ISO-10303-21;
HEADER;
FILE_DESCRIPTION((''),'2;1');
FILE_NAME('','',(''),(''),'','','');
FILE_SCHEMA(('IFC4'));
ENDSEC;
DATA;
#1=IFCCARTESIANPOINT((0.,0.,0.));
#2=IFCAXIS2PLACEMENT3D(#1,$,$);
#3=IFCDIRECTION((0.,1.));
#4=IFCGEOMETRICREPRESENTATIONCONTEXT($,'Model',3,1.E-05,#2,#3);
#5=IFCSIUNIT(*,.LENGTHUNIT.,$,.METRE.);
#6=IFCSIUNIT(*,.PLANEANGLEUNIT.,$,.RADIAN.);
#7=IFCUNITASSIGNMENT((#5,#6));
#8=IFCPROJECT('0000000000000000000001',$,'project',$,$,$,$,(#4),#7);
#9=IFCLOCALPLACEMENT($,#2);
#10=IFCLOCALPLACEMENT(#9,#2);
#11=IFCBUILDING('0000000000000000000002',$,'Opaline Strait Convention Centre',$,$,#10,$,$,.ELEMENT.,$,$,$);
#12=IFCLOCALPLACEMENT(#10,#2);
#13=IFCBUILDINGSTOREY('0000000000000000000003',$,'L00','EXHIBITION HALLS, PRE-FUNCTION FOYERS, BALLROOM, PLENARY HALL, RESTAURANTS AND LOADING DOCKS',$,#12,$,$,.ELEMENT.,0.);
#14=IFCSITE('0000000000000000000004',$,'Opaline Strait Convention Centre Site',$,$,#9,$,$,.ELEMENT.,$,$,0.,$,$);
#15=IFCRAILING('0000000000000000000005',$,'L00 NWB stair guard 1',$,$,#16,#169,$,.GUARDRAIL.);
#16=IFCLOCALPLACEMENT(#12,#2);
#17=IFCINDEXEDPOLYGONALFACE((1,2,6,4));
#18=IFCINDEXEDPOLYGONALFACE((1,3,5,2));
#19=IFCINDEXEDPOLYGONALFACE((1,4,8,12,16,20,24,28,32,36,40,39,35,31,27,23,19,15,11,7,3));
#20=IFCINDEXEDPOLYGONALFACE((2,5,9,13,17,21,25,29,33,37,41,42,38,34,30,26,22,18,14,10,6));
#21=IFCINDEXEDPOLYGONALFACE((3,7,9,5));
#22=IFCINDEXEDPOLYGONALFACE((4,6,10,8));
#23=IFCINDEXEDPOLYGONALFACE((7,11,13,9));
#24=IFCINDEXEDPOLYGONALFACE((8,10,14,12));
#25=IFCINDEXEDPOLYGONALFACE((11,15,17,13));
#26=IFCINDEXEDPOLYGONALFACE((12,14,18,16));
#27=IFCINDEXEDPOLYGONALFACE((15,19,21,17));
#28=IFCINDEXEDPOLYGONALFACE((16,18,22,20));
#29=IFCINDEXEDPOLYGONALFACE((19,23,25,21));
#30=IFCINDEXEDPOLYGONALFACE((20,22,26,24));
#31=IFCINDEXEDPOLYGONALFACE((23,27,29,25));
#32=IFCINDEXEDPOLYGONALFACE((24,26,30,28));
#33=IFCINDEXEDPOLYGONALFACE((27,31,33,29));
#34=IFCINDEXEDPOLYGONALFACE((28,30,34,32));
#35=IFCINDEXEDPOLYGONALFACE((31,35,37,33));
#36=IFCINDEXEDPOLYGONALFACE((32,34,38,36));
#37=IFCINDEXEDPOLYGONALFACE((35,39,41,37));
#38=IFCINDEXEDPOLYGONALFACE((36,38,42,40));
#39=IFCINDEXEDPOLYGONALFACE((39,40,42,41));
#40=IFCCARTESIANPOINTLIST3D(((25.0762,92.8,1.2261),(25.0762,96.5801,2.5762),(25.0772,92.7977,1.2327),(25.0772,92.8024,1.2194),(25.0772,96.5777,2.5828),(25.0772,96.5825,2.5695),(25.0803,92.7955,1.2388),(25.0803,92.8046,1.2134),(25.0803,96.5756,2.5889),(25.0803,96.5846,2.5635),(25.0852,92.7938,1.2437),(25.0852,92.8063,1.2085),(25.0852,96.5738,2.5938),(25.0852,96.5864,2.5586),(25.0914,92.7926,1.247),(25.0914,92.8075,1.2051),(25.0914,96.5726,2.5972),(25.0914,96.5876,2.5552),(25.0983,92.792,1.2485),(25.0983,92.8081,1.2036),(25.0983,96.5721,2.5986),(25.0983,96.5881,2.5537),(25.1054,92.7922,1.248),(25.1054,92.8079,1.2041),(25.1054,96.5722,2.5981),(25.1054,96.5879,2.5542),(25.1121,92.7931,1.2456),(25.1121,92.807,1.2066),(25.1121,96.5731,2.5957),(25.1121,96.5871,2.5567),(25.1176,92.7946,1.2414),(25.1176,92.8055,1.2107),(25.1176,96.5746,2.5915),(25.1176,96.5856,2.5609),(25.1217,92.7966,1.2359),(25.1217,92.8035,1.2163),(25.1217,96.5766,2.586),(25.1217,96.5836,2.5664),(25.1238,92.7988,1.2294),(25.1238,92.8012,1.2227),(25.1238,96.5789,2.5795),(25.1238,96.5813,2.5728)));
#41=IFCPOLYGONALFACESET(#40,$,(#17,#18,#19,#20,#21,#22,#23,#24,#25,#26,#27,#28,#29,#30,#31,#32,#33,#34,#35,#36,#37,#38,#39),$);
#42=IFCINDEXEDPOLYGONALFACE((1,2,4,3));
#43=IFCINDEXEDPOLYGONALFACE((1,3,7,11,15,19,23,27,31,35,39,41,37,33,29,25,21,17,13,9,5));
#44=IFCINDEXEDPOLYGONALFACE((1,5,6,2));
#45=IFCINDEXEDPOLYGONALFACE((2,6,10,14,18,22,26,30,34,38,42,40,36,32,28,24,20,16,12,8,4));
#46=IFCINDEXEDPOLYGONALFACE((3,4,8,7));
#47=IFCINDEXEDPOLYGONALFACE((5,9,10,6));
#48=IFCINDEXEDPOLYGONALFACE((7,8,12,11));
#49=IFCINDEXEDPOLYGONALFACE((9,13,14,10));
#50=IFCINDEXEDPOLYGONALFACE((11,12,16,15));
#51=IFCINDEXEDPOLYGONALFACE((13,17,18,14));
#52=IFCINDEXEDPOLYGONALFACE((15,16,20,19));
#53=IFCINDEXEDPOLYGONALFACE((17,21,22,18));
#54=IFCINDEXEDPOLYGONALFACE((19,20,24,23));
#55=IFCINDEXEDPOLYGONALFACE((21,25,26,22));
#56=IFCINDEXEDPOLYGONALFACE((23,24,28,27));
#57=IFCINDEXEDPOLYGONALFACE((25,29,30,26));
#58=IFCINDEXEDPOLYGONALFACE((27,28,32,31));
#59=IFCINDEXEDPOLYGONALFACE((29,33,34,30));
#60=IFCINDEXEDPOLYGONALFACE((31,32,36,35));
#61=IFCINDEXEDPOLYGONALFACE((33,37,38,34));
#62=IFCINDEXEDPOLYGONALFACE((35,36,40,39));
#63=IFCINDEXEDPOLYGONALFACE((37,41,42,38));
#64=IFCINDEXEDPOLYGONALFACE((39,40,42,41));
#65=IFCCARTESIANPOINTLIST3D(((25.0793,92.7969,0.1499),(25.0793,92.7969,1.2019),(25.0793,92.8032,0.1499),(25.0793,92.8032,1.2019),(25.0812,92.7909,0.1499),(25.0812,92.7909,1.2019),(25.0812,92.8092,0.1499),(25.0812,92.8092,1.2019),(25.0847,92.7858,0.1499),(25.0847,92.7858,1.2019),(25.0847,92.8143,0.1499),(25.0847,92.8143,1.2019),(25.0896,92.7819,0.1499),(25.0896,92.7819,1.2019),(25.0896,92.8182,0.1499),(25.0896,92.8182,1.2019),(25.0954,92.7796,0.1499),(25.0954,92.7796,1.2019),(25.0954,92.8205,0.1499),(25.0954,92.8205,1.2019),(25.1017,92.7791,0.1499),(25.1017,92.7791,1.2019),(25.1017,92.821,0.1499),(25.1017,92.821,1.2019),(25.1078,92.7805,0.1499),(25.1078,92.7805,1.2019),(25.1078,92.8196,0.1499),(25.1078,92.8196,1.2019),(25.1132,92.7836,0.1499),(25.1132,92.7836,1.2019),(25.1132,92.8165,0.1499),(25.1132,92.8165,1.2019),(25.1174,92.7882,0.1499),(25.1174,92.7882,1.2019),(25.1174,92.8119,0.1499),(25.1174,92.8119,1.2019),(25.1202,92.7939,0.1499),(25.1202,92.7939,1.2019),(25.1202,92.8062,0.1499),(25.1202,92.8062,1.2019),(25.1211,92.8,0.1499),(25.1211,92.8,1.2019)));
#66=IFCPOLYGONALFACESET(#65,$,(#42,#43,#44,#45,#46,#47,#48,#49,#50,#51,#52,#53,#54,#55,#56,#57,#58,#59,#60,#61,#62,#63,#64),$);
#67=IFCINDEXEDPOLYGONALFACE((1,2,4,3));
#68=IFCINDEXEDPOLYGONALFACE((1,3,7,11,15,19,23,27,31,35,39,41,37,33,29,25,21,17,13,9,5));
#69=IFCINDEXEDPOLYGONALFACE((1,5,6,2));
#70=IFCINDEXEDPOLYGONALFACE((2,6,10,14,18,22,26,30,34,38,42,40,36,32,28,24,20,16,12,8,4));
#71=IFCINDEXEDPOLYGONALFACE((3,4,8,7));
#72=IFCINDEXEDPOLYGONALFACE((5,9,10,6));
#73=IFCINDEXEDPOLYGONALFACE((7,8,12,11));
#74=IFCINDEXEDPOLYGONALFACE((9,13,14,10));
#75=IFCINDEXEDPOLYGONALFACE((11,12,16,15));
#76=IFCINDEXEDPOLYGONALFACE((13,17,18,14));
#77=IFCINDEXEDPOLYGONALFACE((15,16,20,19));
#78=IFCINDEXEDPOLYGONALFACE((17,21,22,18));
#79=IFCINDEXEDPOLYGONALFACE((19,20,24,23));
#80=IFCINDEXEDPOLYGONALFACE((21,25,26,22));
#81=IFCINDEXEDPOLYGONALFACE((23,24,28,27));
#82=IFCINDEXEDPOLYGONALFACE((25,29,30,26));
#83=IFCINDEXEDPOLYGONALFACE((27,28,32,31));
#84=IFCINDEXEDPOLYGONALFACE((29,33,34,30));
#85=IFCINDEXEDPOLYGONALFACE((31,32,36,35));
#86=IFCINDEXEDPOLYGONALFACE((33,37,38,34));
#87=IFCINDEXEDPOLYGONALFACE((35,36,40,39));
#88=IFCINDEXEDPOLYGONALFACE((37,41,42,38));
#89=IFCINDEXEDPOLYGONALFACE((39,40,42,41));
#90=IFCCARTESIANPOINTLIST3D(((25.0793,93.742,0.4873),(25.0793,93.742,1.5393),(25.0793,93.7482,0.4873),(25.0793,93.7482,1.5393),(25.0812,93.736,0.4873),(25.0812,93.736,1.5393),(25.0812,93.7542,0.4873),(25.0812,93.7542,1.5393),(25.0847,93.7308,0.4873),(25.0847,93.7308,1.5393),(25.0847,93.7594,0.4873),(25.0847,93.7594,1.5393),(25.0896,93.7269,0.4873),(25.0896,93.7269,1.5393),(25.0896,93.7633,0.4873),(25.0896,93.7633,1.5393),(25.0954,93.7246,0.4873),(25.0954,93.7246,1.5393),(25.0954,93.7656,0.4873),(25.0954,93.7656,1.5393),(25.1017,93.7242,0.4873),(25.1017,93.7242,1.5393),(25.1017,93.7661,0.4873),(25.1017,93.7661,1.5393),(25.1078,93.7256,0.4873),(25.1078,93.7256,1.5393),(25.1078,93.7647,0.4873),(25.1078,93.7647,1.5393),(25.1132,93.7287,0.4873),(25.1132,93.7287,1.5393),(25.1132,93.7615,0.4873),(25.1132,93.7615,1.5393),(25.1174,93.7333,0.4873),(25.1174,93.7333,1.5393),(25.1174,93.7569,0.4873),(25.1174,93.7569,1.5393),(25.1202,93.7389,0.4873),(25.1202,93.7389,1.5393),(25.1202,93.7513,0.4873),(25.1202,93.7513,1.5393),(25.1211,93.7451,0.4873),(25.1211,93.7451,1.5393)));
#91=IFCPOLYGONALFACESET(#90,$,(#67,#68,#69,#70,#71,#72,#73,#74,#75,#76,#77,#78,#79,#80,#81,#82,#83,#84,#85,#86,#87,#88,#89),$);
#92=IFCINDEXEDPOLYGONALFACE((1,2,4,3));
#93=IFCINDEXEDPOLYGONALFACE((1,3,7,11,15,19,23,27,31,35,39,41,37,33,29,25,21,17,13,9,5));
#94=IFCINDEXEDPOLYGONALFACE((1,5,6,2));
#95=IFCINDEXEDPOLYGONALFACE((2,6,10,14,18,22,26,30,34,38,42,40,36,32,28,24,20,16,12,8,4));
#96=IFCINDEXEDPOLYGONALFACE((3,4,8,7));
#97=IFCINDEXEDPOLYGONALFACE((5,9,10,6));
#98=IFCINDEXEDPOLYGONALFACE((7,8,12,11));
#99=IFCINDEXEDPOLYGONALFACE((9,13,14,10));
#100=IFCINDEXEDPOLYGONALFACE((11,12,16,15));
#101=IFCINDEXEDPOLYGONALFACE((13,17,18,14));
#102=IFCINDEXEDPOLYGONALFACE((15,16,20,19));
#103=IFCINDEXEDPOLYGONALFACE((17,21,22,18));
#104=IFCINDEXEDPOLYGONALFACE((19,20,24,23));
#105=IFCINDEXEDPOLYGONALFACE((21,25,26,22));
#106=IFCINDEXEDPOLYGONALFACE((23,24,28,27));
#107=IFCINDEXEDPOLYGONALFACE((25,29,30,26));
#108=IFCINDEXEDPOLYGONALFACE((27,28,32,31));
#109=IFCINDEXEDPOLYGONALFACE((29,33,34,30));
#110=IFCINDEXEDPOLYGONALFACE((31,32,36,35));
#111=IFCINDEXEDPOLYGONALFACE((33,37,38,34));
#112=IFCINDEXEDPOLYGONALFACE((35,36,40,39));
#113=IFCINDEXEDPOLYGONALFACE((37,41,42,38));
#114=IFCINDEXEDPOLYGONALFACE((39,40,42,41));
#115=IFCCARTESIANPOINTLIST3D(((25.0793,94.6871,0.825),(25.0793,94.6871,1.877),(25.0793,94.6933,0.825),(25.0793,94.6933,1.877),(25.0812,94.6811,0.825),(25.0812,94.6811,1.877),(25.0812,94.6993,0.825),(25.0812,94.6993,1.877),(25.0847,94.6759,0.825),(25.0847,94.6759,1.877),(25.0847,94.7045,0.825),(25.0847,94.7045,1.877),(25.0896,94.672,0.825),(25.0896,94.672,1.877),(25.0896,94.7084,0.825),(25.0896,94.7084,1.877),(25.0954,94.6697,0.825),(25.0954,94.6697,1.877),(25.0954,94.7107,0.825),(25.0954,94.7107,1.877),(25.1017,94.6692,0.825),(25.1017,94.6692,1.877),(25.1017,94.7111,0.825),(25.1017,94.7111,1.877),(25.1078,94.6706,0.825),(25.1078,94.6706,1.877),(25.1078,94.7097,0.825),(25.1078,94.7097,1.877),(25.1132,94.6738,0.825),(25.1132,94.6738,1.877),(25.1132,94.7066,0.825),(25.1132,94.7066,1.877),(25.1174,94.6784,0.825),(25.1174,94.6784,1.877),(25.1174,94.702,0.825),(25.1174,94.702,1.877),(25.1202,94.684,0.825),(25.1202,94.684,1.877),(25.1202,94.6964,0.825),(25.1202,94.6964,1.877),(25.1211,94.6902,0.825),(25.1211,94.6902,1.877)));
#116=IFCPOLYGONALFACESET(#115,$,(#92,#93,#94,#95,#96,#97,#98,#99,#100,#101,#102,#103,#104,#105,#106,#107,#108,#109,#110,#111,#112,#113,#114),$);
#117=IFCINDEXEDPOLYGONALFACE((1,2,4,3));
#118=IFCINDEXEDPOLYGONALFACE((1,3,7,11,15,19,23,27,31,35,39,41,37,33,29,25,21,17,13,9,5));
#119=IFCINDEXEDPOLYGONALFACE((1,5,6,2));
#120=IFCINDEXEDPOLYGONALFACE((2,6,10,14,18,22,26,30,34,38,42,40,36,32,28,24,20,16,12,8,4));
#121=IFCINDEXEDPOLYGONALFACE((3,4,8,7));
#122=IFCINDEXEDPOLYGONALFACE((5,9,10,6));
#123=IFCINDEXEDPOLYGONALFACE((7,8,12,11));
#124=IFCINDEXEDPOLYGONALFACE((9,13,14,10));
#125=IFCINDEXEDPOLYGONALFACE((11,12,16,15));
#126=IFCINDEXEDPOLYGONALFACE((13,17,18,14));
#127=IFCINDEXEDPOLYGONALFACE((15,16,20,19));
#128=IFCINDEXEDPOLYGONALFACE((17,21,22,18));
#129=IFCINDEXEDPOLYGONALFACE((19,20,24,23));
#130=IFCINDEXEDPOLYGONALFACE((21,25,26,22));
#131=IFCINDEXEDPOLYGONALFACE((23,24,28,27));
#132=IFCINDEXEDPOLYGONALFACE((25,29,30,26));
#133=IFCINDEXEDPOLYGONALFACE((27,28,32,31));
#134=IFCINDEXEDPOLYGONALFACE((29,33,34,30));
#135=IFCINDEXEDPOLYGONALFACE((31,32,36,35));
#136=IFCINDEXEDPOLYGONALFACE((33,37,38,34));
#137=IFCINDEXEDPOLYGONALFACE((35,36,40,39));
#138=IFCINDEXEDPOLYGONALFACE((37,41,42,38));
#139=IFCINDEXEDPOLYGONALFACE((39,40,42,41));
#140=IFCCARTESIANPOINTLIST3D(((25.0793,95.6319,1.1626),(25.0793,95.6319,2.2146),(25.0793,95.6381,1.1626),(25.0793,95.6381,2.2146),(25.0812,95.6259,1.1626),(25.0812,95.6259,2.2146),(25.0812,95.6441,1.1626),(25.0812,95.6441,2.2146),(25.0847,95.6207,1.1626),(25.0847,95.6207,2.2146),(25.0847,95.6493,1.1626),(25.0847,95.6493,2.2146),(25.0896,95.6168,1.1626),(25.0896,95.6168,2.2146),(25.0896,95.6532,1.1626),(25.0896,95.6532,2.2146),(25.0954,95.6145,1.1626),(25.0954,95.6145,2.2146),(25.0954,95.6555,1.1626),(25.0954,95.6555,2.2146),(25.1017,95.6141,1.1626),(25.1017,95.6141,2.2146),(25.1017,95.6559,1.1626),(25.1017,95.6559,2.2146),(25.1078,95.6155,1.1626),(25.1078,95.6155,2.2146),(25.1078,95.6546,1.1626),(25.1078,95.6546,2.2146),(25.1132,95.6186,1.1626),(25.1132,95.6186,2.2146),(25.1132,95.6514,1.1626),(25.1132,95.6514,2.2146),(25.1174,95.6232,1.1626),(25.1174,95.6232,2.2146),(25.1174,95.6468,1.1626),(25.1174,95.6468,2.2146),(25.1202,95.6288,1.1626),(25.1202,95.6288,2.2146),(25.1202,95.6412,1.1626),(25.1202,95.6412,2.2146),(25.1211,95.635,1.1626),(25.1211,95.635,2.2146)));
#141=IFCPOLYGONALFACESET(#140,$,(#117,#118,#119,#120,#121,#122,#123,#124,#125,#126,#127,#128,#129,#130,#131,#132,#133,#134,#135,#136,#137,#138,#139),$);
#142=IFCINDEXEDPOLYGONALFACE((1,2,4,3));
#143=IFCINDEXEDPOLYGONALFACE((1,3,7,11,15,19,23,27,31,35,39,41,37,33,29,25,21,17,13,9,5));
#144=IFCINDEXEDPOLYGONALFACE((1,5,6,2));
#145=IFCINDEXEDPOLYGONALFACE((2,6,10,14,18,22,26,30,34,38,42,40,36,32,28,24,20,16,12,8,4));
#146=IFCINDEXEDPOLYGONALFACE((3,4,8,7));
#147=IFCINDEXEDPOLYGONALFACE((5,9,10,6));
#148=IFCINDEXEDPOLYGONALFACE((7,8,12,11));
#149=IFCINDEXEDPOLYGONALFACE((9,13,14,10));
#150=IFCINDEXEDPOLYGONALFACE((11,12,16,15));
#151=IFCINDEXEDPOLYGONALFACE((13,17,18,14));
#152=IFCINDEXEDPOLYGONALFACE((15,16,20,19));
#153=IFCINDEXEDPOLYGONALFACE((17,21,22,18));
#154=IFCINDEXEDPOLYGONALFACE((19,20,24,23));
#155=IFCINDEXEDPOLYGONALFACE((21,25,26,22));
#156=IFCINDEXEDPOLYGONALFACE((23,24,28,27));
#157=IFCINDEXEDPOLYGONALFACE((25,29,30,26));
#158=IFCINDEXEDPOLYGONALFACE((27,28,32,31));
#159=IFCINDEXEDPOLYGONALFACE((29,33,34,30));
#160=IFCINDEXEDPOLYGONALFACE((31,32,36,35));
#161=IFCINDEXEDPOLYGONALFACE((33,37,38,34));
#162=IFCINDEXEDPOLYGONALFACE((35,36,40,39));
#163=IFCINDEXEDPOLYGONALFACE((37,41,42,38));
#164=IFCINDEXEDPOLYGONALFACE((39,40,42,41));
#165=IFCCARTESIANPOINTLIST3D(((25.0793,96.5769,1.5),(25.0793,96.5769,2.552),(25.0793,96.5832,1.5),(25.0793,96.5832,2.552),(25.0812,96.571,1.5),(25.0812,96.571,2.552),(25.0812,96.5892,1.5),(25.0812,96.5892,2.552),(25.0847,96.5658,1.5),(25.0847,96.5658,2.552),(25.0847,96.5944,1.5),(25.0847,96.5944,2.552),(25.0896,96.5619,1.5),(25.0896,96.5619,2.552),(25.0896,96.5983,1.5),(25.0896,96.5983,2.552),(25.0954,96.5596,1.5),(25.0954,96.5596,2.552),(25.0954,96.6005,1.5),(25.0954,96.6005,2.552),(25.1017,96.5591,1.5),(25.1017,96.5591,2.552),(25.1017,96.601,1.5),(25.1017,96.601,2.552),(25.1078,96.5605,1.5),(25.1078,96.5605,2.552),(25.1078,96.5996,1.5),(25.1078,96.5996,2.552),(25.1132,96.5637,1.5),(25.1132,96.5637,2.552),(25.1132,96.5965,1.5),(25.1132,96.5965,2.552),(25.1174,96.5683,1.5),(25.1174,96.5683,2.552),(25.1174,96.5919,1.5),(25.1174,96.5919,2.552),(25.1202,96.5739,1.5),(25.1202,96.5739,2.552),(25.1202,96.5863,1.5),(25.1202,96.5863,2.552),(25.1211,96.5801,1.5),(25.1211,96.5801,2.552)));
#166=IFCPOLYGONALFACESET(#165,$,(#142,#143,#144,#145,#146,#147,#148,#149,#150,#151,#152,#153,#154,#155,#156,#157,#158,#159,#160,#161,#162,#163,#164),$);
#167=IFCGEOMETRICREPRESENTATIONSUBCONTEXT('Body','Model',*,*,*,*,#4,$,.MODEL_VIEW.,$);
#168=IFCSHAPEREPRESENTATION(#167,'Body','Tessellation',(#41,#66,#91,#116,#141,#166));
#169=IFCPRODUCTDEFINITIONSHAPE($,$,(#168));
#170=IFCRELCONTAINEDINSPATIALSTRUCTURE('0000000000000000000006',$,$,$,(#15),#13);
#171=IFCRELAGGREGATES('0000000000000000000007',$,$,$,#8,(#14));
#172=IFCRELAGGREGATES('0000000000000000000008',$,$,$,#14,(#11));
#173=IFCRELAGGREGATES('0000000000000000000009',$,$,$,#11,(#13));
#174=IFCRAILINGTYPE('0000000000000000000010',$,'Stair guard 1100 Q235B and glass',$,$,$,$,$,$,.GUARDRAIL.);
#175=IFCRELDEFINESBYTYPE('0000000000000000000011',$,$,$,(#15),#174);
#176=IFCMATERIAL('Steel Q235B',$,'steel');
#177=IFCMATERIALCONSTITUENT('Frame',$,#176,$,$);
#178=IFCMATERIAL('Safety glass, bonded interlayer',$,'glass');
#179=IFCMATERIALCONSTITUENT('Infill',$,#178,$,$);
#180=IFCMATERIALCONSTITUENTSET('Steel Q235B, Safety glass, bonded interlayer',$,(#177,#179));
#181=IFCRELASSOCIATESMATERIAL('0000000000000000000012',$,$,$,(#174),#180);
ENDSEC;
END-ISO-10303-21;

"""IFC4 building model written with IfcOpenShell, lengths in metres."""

from ifc_helpers import new_model, si_unit, direction, frame, origin, origin_2d, place, context, subcontext, project, spatial, circle, extrude, material, constituent, constituent_set, type_object, element, save


model = new_model("IFC4")

# Units and contexts
model_context = context("Model", 3, precision=1e-05, world=origin(), true_north=direction((0.0, 1.0)))
body_context = subcontext(model_context, "Body", "Model", "MODEL_VIEW")
ifc_project = project(units=[si_unit("LENGTHUNIT", "METRE"), si_unit("PLANEANGLEUNIT", "RADIAN")], contexts=[model_context])

# Site, building, storey
site_placement = place(None, origin())
site = spatial("IfcSite", under=ifc_project, at=site_placement, Name="Opaline Strait Convention Centre Site", CompositionType="ELEMENT", RefElevation=0.0)
building_placement = place(site_placement, origin())
building = spatial("IfcBuilding", under=site, at=building_placement, Name="Opaline Strait Convention Centre", CompositionType="ELEMENT")
storey_placement = place(building_placement, origin())
storey = spatial("IfcBuildingStorey", under=building, at=storey_placement, Name="L00", Description="EXHIBITION HALLS, PRE-FUNCTION FOYERS, BALLROOM, PLENARY HALL, RESTAURANTS AND LOADING DOCKS", CompositionType="ELEMENT", Elevation=0.0)

# Railing
ifc_material_1 = material(Name="Steel Q235B", Category="steel")
ifc_constituent_1 = constituent(ifc_material_1, Name="Frame")
ifc_material_2 = material(Name="Safety glass, bonded interlayer", Category="glass")
ifc_constituent_2 = constituent(ifc_material_2, Name="Infill")
ifc_constituent_set = constituent_set(constituents=[ifc_constituent_1, ifc_constituent_2], Name="Steel Q235B, Safety glass, bonded interlayer")
railing_type_1 = type_object("IfcRailingType", Name="Stair guard 1100 Q235B and glass", PredefinedType="GUARDRAIL", material=ifc_constituent_set)
railing_1_placement = place(storey_placement, frame((25.1001, 92.8, 0.1499)))
element("IfcRailing", 1, at=railing_1_placement, inside=storey, type_object=railing_type_1, Name="L00 NWB stair guard 1", PredefinedType="GUARDRAIL", context=body_context, shape_type="SweptSolid", body=[
    extrude(circle(Radius=0.0239, at=origin_2d()), frame((0.0, 0.0, 1.0762), z_axis=(0.0, 0.941735, 0.336356), x_axis=(-1.0, 0.0, 0.0)), (0.0, 0.0, 1.0), 4.0139),
    extrude(circle(Radius=0.021, at=origin_2d()), origin(), (0.0, 0.0, 1.0), 1.052),
    extrude(circle(Radius=0.021, at=origin_2d()), frame((0.0, 0.9451, 0.3374)), (0.0, 0.0, 1.0), 1.052),
    extrude(circle(Radius=0.021, at=origin_2d()), frame((0.0, 1.8901, 0.675)), (0.0, 0.0, 1.0), 1.052),
    extrude(circle(Radius=0.021, at=origin_2d()), frame((0.0, 2.835, 1.0127)), (0.0, 0.0, 1.0), 1.052),
    extrude(circle(Radius=0.021, at=origin_2d()), frame((0.0, 3.78, 1.3501)), (0.0, 0.0, 1.0), 1.052),
])

save(model, "model.ifc")
